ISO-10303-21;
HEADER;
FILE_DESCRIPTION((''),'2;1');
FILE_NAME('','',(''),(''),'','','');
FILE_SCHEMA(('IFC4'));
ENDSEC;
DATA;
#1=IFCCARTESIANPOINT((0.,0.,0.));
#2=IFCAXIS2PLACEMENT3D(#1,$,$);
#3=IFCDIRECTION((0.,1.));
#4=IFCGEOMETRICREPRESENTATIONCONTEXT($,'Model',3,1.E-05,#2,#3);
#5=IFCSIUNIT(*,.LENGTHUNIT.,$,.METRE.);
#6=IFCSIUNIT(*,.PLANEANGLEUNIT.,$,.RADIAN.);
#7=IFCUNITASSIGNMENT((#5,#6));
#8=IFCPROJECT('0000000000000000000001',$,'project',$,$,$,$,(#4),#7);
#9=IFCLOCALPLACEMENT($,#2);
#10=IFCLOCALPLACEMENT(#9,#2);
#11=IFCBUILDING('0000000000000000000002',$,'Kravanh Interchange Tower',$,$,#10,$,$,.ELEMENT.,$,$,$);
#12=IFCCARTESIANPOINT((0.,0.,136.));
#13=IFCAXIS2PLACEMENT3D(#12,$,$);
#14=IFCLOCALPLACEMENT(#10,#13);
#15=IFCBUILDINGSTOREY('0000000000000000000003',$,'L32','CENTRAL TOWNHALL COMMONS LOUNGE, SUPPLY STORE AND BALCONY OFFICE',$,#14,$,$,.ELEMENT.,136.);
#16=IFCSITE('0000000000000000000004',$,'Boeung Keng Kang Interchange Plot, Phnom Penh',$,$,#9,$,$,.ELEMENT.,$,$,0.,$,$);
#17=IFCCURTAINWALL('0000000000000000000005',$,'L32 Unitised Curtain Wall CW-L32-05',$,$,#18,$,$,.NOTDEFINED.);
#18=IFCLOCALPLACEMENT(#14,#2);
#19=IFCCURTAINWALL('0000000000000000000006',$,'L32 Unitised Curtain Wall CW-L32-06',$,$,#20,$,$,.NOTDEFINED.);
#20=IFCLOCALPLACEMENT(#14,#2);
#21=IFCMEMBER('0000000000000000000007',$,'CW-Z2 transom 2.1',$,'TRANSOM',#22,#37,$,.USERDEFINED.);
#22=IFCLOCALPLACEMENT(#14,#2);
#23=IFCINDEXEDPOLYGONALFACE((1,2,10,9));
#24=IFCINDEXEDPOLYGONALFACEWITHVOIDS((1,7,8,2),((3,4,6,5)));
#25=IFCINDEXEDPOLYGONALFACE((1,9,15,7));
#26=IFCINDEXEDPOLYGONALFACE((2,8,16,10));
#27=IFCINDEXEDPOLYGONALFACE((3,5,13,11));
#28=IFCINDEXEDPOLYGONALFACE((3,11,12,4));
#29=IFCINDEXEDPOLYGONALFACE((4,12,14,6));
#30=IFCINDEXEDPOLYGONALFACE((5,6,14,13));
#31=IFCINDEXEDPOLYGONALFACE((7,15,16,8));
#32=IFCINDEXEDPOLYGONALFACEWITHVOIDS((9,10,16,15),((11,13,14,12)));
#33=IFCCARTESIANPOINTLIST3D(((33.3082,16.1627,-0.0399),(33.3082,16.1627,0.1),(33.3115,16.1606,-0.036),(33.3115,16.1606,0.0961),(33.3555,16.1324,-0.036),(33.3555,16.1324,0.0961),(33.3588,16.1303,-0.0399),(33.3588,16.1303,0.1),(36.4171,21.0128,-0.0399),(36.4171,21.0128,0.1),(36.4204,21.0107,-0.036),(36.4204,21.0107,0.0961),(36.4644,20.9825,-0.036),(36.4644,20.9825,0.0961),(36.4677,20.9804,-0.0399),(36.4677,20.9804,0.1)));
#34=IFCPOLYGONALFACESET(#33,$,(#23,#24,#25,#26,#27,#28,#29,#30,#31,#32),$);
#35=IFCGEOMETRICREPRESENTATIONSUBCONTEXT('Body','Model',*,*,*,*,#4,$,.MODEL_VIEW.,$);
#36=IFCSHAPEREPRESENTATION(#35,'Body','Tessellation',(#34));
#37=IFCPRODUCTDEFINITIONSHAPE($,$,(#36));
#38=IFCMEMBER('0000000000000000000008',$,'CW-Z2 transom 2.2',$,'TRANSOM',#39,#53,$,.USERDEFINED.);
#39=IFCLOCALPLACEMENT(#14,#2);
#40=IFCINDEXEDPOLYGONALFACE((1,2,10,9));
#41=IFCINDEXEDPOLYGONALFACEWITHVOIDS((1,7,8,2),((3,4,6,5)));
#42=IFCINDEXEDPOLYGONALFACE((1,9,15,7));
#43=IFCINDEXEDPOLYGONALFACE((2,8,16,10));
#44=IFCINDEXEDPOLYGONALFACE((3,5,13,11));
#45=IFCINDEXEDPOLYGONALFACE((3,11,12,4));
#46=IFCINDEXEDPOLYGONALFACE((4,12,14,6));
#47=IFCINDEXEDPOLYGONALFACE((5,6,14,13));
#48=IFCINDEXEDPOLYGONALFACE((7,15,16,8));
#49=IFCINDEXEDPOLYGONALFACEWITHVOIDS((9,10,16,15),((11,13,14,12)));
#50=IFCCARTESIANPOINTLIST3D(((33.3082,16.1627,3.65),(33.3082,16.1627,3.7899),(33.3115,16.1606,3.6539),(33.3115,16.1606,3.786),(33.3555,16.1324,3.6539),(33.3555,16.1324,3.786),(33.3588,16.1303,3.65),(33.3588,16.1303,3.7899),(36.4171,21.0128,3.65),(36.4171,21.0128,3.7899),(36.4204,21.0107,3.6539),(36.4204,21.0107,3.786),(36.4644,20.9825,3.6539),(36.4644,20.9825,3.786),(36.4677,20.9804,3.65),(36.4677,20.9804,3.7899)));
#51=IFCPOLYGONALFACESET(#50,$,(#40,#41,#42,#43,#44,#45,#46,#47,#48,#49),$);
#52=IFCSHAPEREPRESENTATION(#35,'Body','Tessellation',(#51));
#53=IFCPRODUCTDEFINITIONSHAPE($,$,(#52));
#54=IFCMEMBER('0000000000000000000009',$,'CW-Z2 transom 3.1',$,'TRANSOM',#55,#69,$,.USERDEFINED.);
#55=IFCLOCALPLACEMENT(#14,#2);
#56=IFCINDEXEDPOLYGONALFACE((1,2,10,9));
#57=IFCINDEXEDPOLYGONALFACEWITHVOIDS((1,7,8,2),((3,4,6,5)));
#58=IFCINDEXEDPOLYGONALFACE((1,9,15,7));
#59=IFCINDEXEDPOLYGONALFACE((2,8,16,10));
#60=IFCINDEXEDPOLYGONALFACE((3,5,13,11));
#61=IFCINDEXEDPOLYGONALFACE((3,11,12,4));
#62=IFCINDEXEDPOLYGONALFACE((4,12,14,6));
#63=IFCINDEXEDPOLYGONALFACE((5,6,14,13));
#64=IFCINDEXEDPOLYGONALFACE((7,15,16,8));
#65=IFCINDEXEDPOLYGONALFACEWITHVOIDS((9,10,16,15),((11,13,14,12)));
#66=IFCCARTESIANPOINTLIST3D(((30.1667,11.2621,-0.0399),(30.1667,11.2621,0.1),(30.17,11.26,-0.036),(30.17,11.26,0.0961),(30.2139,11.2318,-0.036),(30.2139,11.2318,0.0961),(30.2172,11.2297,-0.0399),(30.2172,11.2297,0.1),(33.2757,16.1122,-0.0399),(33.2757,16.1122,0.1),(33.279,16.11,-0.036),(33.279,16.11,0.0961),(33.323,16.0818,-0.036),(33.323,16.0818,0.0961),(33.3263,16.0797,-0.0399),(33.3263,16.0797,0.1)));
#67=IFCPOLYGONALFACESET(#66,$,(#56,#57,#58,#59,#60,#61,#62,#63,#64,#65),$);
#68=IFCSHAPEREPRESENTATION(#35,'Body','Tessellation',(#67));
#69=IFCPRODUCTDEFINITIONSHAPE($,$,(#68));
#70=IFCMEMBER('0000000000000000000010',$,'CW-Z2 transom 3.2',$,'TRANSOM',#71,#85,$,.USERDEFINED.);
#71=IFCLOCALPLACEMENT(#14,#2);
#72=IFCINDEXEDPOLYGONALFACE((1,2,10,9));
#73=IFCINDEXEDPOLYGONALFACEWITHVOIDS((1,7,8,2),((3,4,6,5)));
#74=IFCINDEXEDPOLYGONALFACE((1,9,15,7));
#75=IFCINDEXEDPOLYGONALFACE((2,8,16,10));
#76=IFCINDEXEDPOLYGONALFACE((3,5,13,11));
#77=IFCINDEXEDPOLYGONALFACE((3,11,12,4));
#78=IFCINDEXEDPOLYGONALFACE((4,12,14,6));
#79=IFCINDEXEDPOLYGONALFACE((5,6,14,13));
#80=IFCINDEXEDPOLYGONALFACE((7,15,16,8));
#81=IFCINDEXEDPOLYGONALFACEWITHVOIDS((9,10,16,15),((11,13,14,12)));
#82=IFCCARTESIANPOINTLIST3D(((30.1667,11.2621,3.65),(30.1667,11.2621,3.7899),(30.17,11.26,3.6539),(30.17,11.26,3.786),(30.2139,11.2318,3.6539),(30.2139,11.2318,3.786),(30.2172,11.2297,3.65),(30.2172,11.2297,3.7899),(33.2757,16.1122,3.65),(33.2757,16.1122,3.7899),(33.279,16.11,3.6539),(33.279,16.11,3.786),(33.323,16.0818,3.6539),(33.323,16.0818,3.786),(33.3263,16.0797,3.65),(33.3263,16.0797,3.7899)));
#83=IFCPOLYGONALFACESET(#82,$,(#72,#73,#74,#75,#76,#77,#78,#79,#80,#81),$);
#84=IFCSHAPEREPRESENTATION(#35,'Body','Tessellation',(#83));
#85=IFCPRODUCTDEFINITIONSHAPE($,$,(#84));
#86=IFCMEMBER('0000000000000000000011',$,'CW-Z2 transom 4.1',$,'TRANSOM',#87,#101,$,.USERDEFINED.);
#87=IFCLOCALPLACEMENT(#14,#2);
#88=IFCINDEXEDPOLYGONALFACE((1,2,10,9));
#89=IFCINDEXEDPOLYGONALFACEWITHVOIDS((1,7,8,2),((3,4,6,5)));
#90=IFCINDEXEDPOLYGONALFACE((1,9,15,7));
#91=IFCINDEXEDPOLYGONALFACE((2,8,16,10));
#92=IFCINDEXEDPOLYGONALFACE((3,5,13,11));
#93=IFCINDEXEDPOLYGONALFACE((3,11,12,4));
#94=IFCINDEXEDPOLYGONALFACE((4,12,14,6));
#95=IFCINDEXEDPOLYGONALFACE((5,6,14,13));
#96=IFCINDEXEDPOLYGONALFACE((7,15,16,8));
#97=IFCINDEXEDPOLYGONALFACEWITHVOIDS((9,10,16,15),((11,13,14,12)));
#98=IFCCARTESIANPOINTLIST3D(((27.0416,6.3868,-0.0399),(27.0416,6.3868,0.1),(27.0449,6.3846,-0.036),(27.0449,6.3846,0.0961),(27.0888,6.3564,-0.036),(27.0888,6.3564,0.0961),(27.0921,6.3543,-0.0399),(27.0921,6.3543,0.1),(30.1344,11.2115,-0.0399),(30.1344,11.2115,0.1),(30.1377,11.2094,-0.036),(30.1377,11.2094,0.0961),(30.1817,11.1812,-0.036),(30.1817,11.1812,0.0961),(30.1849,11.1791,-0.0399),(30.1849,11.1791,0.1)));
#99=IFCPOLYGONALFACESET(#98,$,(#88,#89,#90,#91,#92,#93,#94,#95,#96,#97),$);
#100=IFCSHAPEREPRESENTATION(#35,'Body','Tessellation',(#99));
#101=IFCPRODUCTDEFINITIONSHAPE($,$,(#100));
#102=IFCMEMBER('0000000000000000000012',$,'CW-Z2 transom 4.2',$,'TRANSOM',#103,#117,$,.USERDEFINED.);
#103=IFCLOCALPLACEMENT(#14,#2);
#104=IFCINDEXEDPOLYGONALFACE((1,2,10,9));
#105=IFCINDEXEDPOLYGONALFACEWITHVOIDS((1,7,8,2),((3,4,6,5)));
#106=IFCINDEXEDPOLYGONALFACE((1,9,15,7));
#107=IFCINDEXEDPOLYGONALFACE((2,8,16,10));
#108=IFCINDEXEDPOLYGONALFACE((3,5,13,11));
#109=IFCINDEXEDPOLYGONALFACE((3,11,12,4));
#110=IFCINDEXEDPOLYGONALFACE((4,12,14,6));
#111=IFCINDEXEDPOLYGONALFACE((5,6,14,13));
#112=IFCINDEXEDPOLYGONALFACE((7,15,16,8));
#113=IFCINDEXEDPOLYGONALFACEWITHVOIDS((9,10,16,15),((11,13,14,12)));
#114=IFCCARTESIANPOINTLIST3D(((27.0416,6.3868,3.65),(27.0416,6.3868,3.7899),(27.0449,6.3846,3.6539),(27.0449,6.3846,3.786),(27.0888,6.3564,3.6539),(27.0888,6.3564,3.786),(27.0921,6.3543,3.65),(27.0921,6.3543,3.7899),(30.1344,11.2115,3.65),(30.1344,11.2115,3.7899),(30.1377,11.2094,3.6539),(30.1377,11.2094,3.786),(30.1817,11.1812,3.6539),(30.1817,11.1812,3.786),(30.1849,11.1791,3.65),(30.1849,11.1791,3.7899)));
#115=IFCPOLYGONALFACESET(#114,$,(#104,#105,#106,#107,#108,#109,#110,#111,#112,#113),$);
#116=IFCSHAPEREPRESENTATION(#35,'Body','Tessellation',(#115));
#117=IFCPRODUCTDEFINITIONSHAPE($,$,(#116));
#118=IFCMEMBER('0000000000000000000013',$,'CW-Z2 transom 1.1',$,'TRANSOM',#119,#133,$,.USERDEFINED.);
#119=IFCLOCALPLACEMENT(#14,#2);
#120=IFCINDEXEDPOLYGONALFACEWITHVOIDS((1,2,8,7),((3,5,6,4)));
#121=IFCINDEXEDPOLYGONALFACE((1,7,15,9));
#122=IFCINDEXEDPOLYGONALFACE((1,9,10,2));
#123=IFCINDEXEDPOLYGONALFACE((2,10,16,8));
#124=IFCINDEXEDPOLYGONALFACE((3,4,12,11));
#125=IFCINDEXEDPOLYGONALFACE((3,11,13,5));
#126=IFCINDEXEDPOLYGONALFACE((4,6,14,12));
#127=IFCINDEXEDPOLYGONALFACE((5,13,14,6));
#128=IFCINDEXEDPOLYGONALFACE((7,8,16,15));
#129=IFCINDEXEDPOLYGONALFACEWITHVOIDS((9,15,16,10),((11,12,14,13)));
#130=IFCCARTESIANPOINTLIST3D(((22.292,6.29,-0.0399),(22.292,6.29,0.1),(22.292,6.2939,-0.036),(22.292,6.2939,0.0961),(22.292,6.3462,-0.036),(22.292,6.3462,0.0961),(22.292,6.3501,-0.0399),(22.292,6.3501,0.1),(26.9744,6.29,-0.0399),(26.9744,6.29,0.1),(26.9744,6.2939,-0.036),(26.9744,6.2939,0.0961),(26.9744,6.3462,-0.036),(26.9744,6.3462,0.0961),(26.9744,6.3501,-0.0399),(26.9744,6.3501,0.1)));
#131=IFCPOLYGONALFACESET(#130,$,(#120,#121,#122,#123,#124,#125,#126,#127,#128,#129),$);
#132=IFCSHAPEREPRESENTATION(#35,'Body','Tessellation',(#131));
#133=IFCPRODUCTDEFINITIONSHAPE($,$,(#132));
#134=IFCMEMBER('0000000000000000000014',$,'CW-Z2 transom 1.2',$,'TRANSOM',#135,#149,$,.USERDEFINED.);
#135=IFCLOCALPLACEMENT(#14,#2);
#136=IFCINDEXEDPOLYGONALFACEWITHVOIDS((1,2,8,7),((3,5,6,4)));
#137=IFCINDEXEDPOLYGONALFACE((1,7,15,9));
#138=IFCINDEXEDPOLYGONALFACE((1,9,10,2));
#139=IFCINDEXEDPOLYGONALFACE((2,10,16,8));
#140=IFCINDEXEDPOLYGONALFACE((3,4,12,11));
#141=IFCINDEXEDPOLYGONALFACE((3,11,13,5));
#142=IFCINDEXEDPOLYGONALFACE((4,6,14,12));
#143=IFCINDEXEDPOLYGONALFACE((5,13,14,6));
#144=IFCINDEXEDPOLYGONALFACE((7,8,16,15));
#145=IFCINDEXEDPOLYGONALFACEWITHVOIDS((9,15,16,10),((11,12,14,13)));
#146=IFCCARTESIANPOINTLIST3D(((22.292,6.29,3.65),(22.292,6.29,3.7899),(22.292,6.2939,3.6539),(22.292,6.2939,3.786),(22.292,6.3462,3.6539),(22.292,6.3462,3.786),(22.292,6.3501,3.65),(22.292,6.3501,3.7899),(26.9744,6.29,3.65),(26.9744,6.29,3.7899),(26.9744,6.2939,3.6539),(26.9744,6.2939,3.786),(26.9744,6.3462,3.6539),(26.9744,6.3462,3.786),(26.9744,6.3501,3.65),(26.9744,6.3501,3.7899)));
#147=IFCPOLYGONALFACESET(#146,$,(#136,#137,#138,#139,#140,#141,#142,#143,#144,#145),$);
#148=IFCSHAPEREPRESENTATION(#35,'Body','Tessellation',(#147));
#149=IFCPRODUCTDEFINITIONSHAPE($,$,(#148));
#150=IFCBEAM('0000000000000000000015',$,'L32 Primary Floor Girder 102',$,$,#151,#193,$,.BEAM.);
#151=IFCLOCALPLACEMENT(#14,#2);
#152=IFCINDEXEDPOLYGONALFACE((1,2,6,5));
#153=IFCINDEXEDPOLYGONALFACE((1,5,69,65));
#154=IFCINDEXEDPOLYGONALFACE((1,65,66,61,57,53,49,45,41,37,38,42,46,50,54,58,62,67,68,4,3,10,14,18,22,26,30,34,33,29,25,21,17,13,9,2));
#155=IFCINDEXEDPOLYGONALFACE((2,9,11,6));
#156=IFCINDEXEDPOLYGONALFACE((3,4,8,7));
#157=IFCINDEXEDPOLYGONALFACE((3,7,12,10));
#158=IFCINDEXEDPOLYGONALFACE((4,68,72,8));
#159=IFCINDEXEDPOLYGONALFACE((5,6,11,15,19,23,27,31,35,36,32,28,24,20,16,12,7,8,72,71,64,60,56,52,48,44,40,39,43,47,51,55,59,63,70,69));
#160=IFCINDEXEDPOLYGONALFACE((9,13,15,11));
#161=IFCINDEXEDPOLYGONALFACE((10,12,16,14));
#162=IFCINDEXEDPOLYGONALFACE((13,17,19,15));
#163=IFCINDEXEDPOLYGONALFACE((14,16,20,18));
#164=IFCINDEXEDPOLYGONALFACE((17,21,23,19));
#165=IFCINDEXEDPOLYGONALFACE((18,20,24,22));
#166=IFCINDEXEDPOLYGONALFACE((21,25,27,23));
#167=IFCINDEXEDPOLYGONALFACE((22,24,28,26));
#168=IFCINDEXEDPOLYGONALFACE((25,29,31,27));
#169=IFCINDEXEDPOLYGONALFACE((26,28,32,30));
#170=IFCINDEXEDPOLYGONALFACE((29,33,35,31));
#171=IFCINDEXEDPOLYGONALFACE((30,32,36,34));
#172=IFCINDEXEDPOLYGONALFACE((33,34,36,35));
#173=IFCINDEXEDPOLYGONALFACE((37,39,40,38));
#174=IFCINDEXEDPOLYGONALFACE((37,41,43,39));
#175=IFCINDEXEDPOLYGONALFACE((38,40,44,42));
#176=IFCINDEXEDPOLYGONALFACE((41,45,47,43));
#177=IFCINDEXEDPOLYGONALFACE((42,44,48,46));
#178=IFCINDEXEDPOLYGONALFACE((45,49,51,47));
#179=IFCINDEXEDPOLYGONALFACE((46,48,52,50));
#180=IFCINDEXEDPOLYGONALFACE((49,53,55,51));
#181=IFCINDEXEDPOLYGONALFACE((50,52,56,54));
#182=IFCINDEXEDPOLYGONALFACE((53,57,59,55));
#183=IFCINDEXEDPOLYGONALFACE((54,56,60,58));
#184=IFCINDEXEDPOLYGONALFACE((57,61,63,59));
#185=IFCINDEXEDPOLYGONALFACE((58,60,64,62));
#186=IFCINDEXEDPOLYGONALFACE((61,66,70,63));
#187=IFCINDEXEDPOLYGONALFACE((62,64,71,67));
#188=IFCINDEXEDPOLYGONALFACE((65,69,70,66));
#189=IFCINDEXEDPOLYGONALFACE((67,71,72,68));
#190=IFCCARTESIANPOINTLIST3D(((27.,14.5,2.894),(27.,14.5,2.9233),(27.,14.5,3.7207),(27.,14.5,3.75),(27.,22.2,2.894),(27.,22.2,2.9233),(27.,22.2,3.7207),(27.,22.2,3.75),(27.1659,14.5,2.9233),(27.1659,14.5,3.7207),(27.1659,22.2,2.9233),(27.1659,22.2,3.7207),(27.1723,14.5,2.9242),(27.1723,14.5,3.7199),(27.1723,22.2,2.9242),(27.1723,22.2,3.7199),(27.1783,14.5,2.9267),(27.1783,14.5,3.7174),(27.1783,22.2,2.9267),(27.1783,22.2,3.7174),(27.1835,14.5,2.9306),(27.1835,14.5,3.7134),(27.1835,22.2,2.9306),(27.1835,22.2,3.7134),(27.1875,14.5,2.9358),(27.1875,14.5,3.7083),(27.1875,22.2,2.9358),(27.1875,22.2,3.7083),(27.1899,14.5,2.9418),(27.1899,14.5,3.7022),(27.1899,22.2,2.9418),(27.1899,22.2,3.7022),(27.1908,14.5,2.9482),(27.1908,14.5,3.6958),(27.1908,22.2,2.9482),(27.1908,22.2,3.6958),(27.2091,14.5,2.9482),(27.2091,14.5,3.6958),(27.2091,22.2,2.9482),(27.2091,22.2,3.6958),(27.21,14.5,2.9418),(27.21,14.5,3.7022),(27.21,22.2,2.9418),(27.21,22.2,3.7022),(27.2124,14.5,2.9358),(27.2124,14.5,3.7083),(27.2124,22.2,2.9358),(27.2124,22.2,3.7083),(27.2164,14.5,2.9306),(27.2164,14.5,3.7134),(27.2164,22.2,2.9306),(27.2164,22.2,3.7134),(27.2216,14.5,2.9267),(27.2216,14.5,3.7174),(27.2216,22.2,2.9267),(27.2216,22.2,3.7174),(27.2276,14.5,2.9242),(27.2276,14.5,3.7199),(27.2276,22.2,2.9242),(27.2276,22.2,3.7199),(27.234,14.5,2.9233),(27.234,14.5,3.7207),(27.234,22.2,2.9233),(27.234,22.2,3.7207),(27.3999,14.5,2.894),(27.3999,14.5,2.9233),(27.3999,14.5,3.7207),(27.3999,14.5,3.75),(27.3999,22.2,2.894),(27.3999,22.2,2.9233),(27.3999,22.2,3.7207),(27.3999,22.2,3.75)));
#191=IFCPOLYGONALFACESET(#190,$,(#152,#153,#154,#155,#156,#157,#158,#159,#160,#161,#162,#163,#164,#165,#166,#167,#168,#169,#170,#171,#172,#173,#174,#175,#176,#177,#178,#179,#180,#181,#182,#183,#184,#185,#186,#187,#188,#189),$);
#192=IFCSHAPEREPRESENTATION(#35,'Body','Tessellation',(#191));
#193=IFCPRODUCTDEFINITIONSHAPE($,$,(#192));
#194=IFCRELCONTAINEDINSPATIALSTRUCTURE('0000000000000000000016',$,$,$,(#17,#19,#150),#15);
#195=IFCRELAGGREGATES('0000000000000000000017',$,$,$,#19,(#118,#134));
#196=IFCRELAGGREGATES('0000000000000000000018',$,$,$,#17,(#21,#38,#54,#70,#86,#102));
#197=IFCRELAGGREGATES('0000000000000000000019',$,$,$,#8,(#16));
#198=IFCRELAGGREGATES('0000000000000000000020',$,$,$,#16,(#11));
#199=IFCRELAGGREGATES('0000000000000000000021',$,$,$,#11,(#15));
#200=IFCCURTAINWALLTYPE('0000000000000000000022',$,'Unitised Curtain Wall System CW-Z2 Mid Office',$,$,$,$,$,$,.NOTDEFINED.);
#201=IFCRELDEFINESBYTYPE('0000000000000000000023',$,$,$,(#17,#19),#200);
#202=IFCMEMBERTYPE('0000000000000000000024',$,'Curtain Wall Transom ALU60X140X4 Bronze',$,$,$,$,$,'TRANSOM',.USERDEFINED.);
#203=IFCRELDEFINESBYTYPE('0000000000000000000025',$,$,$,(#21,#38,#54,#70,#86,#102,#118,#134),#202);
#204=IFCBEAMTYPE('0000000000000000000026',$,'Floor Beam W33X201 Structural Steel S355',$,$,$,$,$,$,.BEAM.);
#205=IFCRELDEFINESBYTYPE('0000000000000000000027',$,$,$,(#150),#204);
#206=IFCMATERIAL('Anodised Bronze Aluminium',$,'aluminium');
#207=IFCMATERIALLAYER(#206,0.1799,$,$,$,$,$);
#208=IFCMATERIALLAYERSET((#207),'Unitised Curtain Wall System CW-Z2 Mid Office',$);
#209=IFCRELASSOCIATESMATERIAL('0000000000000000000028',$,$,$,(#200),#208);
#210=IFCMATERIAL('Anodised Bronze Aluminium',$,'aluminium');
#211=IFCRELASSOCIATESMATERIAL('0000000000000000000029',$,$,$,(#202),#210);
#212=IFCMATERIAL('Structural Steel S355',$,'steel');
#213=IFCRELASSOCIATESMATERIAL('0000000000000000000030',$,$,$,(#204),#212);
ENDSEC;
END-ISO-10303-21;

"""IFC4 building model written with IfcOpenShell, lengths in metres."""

from ifc_helpers import new_model, si_unit, direction, frame, origin, origin_2d, place, context, subcontext, project, spatial, hollow_rectangle, i_section, extrude, material, layer, layer_set, material_profile, profile_set, type_object, element, aggregate, save


model = new_model("IFC4")

# Units and contexts
model_context = context("Model", 3, precision=1e-05, world=origin(), true_north=direction((0.0, 1.0)))
body_context = subcontext(model_context, "Body", "Model", "MODEL_VIEW")
ifc_project = project(units=[si_unit("LENGTHUNIT", "METRE"), si_unit("PLANEANGLEUNIT", "RADIAN")], contexts=[model_context])

# Site, building, storey
site_placement = place(None, origin())
site = spatial("IfcSite", under=ifc_project, at=site_placement, Name="Boeung Keng Kang Interchange Plot, Phnom Penh", CompositionType="ELEMENT", RefElevation=0.0)
building_placement = place(site_placement, origin())
building = spatial("IfcBuilding", under=site, at=building_placement, Name="Kravanh Interchange Tower", CompositionType="ELEMENT")
storey_placement = place(building_placement, frame((0.0, 0.0, 136.0)))
storey = spatial("IfcBuildingStorey", under=building, at=storey_placement, Name="L32", Description="CENTRAL TOWNHALL COMMONS LOUNGE, SUPPLY STORE AND BALCONY OFFICE", CompositionType="ELEMENT", Elevation=136.0)

# Curtain wall
ifc_material_1 = material(Name="Anodised Bronze Aluminium", Category="aluminium")
ifc_layer_1 = layer(ifc_material_1, 0.1799)
ifc_layer_set_1 = layer_set([ifc_layer_1], Name="Unitised Curtain Wall System CW-Z2 Mid Office")
curtain_wall_type = type_object("IfcCurtainWallType", Name="Unitised Curtain Wall System CW-Z2 Mid Office", PredefinedType="NOTDEFINED", material=ifc_layer_set_1)
curtain_wall_1_placement = place(storey_placement, origin())
curtain_wall_1 = element("IfcCurtainWall", 1, at=curtain_wall_1_placement, inside=storey, type_object=curtain_wall_type, Name="L32 Unitised Curtain Wall CW-L32-05", PredefinedType="NOTDEFINED")

# Curtain wall
curtain_wall_2_placement = place(storey_placement, origin())
curtain_wall_2 = element("IfcCurtainWall", 2, at=curtain_wall_2_placement, inside=storey, type_object=curtain_wall_type, Name="L32 Unitised Curtain Wall CW-L32-06", PredefinedType="NOTDEFINED")

# Members
ifc_material_2 = material(Name="Anodised Bronze Aluminium", Category="aluminium")
ifc_material_profile_1 = material_profile(ifc_material_2, hollow_rectangle(XDim=0.0601, YDim=0.1399, WallThickness=0.0039, at=origin_2d()), Name="ALU60X140X4")
ifc_profile_set_1 = profile_set([ifc_material_profile_1], Name="Anodised Bronze Aluminium")
member_type_1 = type_object("IfcMemberType", Name="Curtain Wall Transom ALU60X140X4 Bronze", ElementType="TRANSOM", PredefinedType="USERDEFINED", material=ifc_profile_set_1)
member_1_placement = place(storey_placement, frame((36.4424, 20.9966, 0.03), z_axis=(-0.539648, -0.841891, 0.0), x_axis=(0.841891, -0.539648, 0.0)))
member_1 = element("IfcMember", 3, at=member_1_placement, type_object=member_type_1, Name="CW-Z2 transom 2.1", ObjectType="TRANSOM", PredefinedType="USERDEFINED", context=body_context, shape_type="SweptSolid", body=[
    extrude(hollow_rectangle(XDim=0.0601, YDim=0.1399, WallThickness=0.0039, at=origin_2d()), origin(), (0.0, 0.0, 1.0), 5.761),
])
member_2_placement = place(storey_placement, frame((36.4424, 20.9966, 3.72), z_axis=(-0.539648, -0.841891, 0.0), x_axis=(0.841891, -0.539648, 0.0)))
member_2 = element("IfcMember", 4, at=member_2_placement, type_object=member_type_1, Name="CW-Z2 transom 2.2", ObjectType="TRANSOM", PredefinedType="USERDEFINED", context=body_context, shape_type="SweptSolid", body=[
    extrude(hollow_rectangle(XDim=0.0601, YDim=0.1399, WallThickness=0.0039, at=origin_2d()), origin(), (0.0, 0.0, 1.0), 5.761),
])
member_3_placement = place(storey_placement, frame((33.301, 16.0959, 0.03), z_axis=(-0.539678, -0.841872, 0.0), x_axis=(0.841872, -0.539678, 0.0)))
member_3 = element("IfcMember", 5, at=member_3_placement, type_object=member_type_1, Name="CW-Z2 transom 3.1", ObjectType="TRANSOM", PredefinedType="USERDEFINED", context=body_context, shape_type="SweptSolid", body=[
    extrude(hollow_rectangle(XDim=0.0601, YDim=0.1399, WallThickness=0.0039, at=origin_2d()), origin(), (0.0, 0.0, 1.0), 5.761),
])
member_4_placement = place(storey_placement, frame((33.301, 16.0959, 3.72), z_axis=(-0.539678, -0.841872, 0.0), x_axis=(0.841872, -0.539678, 0.0)))
member_4 = element("IfcMember", 6, at=member_4_placement, type_object=member_type_1, Name="CW-Z2 transom 3.2", ObjectType="TRANSOM", PredefinedType="USERDEFINED", context=body_context, shape_type="SweptSolid", body=[
    extrude(hollow_rectangle(XDim=0.0601, YDim=0.1399, WallThickness=0.0039, at=origin_2d()), origin(), (0.0, 0.0, 1.0), 5.761),
])
member_5_placement = place(storey_placement, frame((30.1597, 11.1953, 0.03), z_axis=(-0.539668, -0.841878, 0.0), x_axis=(0.841878, -0.539668, 0.0)))
member_5 = element("IfcMember", 7, at=member_5_placement, type_object=member_type_1, Name="CW-Z2 transom 4.1", ObjectType="TRANSOM", PredefinedType="USERDEFINED", context=body_context, shape_type="SweptSolid", body=[
    extrude(hollow_rectangle(XDim=0.0601, YDim=0.1399, WallThickness=0.0039, at=origin_2d()), origin(), (0.0, 0.0, 1.0), 5.731),
])
member_6_placement = place(storey_placement, frame((30.1597, 11.1953, 3.72), z_axis=(-0.539668, -0.841878, 0.0), x_axis=(0.841878, -0.539668, 0.0)))
member_6 = element("IfcMember", 8, at=member_6_placement, type_object=member_type_1, Name="CW-Z2 transom 4.2", ObjectType="TRANSOM", PredefinedType="USERDEFINED", context=body_context, shape_type="SweptSolid", body=[
    extrude(hollow_rectangle(XDim=0.0601, YDim=0.1399, WallThickness=0.0039, at=origin_2d()), origin(), (0.0, 0.0, 1.0), 5.731),
])
member_7_placement = place(storey_placement, frame((26.9744, 6.3201, 0.03), z_axis=(-1.0, 0.0, 0.0), x_axis=(0.0, -1.0, 0.0)))
member_7 = element("IfcMember", 9, at=member_7_placement, type_object=member_type_1, Name="CW-Z2 transom 1.1", ObjectType="TRANSOM", PredefinedType="USERDEFINED", context=body_context, shape_type="SweptSolid", body=[
    extrude(hollow_rectangle(XDim=0.0601, YDim=0.1399, WallThickness=0.0039, at=origin_2d()), origin(), (0.0, 0.0, 1.0), 4.6824),
])
member_8_placement = place(storey_placement, frame((26.9744, 6.3201, 3.72), z_axis=(-1.0, 0.0, 0.0), x_axis=(0.0, -1.0, 0.0)))
member_8 = element("IfcMember", 10, at=member_8_placement, type_object=member_type_1, Name="CW-Z2 transom 1.2", ObjectType="TRANSOM", PredefinedType="USERDEFINED", context=body_context, shape_type="SweptSolid", body=[
    extrude(hollow_rectangle(XDim=0.0601, YDim=0.1399, WallThickness=0.0039, at=origin_2d()), origin(), (0.0, 0.0, 1.0), 4.6824),
])
aggregate(curtain_wall_2, [member_7, member_8])

# Beam
ifc_material_3 = material(Name="Structural Steel S355", Category="steel")
ifc_material_profile_2 = material_profile(ifc_material_3, i_section(OverallWidth=0.3999, OverallDepth=0.856, WebThickness=0.0183, FlangeThickness=0.0293, FilletRadius=0.0249, at=origin_2d()), Name="W33X201")
ifc_profile_set_2 = profile_set([ifc_material_profile_2], Name="Structural Steel S355")
beam_type = type_object("IfcBeamType", Name="Floor Beam W33X201 Structural Steel S355", PredefinedType="BEAM", material=ifc_profile_set_2)
beam_placement = place(storey_placement, frame((27.2, 14.5, 3.322), z_axis=(0.0, 1.0, 0.0), x_axis=(-1.0, 0.0, 0.0)))
element("IfcBeam", 11, at=beam_placement, inside=storey, type_object=beam_type, Name="L32 Primary Floor Girder 102", PredefinedType="BEAM", context=body_context, shape_type="SweptSolid", body=[
    extrude(i_section(OverallWidth=0.3999, OverallDepth=0.856, WebThickness=0.0183, FlangeThickness=0.0293, FilletRadius=0.0249, at=origin_2d()), origin(), (0.0, 0.0, 1.0), 7.7),
])

aggregate(curtain_wall_1, [member_1, member_2, member_3, member_4, member_5, member_6])

save(model, "model.ifc")
